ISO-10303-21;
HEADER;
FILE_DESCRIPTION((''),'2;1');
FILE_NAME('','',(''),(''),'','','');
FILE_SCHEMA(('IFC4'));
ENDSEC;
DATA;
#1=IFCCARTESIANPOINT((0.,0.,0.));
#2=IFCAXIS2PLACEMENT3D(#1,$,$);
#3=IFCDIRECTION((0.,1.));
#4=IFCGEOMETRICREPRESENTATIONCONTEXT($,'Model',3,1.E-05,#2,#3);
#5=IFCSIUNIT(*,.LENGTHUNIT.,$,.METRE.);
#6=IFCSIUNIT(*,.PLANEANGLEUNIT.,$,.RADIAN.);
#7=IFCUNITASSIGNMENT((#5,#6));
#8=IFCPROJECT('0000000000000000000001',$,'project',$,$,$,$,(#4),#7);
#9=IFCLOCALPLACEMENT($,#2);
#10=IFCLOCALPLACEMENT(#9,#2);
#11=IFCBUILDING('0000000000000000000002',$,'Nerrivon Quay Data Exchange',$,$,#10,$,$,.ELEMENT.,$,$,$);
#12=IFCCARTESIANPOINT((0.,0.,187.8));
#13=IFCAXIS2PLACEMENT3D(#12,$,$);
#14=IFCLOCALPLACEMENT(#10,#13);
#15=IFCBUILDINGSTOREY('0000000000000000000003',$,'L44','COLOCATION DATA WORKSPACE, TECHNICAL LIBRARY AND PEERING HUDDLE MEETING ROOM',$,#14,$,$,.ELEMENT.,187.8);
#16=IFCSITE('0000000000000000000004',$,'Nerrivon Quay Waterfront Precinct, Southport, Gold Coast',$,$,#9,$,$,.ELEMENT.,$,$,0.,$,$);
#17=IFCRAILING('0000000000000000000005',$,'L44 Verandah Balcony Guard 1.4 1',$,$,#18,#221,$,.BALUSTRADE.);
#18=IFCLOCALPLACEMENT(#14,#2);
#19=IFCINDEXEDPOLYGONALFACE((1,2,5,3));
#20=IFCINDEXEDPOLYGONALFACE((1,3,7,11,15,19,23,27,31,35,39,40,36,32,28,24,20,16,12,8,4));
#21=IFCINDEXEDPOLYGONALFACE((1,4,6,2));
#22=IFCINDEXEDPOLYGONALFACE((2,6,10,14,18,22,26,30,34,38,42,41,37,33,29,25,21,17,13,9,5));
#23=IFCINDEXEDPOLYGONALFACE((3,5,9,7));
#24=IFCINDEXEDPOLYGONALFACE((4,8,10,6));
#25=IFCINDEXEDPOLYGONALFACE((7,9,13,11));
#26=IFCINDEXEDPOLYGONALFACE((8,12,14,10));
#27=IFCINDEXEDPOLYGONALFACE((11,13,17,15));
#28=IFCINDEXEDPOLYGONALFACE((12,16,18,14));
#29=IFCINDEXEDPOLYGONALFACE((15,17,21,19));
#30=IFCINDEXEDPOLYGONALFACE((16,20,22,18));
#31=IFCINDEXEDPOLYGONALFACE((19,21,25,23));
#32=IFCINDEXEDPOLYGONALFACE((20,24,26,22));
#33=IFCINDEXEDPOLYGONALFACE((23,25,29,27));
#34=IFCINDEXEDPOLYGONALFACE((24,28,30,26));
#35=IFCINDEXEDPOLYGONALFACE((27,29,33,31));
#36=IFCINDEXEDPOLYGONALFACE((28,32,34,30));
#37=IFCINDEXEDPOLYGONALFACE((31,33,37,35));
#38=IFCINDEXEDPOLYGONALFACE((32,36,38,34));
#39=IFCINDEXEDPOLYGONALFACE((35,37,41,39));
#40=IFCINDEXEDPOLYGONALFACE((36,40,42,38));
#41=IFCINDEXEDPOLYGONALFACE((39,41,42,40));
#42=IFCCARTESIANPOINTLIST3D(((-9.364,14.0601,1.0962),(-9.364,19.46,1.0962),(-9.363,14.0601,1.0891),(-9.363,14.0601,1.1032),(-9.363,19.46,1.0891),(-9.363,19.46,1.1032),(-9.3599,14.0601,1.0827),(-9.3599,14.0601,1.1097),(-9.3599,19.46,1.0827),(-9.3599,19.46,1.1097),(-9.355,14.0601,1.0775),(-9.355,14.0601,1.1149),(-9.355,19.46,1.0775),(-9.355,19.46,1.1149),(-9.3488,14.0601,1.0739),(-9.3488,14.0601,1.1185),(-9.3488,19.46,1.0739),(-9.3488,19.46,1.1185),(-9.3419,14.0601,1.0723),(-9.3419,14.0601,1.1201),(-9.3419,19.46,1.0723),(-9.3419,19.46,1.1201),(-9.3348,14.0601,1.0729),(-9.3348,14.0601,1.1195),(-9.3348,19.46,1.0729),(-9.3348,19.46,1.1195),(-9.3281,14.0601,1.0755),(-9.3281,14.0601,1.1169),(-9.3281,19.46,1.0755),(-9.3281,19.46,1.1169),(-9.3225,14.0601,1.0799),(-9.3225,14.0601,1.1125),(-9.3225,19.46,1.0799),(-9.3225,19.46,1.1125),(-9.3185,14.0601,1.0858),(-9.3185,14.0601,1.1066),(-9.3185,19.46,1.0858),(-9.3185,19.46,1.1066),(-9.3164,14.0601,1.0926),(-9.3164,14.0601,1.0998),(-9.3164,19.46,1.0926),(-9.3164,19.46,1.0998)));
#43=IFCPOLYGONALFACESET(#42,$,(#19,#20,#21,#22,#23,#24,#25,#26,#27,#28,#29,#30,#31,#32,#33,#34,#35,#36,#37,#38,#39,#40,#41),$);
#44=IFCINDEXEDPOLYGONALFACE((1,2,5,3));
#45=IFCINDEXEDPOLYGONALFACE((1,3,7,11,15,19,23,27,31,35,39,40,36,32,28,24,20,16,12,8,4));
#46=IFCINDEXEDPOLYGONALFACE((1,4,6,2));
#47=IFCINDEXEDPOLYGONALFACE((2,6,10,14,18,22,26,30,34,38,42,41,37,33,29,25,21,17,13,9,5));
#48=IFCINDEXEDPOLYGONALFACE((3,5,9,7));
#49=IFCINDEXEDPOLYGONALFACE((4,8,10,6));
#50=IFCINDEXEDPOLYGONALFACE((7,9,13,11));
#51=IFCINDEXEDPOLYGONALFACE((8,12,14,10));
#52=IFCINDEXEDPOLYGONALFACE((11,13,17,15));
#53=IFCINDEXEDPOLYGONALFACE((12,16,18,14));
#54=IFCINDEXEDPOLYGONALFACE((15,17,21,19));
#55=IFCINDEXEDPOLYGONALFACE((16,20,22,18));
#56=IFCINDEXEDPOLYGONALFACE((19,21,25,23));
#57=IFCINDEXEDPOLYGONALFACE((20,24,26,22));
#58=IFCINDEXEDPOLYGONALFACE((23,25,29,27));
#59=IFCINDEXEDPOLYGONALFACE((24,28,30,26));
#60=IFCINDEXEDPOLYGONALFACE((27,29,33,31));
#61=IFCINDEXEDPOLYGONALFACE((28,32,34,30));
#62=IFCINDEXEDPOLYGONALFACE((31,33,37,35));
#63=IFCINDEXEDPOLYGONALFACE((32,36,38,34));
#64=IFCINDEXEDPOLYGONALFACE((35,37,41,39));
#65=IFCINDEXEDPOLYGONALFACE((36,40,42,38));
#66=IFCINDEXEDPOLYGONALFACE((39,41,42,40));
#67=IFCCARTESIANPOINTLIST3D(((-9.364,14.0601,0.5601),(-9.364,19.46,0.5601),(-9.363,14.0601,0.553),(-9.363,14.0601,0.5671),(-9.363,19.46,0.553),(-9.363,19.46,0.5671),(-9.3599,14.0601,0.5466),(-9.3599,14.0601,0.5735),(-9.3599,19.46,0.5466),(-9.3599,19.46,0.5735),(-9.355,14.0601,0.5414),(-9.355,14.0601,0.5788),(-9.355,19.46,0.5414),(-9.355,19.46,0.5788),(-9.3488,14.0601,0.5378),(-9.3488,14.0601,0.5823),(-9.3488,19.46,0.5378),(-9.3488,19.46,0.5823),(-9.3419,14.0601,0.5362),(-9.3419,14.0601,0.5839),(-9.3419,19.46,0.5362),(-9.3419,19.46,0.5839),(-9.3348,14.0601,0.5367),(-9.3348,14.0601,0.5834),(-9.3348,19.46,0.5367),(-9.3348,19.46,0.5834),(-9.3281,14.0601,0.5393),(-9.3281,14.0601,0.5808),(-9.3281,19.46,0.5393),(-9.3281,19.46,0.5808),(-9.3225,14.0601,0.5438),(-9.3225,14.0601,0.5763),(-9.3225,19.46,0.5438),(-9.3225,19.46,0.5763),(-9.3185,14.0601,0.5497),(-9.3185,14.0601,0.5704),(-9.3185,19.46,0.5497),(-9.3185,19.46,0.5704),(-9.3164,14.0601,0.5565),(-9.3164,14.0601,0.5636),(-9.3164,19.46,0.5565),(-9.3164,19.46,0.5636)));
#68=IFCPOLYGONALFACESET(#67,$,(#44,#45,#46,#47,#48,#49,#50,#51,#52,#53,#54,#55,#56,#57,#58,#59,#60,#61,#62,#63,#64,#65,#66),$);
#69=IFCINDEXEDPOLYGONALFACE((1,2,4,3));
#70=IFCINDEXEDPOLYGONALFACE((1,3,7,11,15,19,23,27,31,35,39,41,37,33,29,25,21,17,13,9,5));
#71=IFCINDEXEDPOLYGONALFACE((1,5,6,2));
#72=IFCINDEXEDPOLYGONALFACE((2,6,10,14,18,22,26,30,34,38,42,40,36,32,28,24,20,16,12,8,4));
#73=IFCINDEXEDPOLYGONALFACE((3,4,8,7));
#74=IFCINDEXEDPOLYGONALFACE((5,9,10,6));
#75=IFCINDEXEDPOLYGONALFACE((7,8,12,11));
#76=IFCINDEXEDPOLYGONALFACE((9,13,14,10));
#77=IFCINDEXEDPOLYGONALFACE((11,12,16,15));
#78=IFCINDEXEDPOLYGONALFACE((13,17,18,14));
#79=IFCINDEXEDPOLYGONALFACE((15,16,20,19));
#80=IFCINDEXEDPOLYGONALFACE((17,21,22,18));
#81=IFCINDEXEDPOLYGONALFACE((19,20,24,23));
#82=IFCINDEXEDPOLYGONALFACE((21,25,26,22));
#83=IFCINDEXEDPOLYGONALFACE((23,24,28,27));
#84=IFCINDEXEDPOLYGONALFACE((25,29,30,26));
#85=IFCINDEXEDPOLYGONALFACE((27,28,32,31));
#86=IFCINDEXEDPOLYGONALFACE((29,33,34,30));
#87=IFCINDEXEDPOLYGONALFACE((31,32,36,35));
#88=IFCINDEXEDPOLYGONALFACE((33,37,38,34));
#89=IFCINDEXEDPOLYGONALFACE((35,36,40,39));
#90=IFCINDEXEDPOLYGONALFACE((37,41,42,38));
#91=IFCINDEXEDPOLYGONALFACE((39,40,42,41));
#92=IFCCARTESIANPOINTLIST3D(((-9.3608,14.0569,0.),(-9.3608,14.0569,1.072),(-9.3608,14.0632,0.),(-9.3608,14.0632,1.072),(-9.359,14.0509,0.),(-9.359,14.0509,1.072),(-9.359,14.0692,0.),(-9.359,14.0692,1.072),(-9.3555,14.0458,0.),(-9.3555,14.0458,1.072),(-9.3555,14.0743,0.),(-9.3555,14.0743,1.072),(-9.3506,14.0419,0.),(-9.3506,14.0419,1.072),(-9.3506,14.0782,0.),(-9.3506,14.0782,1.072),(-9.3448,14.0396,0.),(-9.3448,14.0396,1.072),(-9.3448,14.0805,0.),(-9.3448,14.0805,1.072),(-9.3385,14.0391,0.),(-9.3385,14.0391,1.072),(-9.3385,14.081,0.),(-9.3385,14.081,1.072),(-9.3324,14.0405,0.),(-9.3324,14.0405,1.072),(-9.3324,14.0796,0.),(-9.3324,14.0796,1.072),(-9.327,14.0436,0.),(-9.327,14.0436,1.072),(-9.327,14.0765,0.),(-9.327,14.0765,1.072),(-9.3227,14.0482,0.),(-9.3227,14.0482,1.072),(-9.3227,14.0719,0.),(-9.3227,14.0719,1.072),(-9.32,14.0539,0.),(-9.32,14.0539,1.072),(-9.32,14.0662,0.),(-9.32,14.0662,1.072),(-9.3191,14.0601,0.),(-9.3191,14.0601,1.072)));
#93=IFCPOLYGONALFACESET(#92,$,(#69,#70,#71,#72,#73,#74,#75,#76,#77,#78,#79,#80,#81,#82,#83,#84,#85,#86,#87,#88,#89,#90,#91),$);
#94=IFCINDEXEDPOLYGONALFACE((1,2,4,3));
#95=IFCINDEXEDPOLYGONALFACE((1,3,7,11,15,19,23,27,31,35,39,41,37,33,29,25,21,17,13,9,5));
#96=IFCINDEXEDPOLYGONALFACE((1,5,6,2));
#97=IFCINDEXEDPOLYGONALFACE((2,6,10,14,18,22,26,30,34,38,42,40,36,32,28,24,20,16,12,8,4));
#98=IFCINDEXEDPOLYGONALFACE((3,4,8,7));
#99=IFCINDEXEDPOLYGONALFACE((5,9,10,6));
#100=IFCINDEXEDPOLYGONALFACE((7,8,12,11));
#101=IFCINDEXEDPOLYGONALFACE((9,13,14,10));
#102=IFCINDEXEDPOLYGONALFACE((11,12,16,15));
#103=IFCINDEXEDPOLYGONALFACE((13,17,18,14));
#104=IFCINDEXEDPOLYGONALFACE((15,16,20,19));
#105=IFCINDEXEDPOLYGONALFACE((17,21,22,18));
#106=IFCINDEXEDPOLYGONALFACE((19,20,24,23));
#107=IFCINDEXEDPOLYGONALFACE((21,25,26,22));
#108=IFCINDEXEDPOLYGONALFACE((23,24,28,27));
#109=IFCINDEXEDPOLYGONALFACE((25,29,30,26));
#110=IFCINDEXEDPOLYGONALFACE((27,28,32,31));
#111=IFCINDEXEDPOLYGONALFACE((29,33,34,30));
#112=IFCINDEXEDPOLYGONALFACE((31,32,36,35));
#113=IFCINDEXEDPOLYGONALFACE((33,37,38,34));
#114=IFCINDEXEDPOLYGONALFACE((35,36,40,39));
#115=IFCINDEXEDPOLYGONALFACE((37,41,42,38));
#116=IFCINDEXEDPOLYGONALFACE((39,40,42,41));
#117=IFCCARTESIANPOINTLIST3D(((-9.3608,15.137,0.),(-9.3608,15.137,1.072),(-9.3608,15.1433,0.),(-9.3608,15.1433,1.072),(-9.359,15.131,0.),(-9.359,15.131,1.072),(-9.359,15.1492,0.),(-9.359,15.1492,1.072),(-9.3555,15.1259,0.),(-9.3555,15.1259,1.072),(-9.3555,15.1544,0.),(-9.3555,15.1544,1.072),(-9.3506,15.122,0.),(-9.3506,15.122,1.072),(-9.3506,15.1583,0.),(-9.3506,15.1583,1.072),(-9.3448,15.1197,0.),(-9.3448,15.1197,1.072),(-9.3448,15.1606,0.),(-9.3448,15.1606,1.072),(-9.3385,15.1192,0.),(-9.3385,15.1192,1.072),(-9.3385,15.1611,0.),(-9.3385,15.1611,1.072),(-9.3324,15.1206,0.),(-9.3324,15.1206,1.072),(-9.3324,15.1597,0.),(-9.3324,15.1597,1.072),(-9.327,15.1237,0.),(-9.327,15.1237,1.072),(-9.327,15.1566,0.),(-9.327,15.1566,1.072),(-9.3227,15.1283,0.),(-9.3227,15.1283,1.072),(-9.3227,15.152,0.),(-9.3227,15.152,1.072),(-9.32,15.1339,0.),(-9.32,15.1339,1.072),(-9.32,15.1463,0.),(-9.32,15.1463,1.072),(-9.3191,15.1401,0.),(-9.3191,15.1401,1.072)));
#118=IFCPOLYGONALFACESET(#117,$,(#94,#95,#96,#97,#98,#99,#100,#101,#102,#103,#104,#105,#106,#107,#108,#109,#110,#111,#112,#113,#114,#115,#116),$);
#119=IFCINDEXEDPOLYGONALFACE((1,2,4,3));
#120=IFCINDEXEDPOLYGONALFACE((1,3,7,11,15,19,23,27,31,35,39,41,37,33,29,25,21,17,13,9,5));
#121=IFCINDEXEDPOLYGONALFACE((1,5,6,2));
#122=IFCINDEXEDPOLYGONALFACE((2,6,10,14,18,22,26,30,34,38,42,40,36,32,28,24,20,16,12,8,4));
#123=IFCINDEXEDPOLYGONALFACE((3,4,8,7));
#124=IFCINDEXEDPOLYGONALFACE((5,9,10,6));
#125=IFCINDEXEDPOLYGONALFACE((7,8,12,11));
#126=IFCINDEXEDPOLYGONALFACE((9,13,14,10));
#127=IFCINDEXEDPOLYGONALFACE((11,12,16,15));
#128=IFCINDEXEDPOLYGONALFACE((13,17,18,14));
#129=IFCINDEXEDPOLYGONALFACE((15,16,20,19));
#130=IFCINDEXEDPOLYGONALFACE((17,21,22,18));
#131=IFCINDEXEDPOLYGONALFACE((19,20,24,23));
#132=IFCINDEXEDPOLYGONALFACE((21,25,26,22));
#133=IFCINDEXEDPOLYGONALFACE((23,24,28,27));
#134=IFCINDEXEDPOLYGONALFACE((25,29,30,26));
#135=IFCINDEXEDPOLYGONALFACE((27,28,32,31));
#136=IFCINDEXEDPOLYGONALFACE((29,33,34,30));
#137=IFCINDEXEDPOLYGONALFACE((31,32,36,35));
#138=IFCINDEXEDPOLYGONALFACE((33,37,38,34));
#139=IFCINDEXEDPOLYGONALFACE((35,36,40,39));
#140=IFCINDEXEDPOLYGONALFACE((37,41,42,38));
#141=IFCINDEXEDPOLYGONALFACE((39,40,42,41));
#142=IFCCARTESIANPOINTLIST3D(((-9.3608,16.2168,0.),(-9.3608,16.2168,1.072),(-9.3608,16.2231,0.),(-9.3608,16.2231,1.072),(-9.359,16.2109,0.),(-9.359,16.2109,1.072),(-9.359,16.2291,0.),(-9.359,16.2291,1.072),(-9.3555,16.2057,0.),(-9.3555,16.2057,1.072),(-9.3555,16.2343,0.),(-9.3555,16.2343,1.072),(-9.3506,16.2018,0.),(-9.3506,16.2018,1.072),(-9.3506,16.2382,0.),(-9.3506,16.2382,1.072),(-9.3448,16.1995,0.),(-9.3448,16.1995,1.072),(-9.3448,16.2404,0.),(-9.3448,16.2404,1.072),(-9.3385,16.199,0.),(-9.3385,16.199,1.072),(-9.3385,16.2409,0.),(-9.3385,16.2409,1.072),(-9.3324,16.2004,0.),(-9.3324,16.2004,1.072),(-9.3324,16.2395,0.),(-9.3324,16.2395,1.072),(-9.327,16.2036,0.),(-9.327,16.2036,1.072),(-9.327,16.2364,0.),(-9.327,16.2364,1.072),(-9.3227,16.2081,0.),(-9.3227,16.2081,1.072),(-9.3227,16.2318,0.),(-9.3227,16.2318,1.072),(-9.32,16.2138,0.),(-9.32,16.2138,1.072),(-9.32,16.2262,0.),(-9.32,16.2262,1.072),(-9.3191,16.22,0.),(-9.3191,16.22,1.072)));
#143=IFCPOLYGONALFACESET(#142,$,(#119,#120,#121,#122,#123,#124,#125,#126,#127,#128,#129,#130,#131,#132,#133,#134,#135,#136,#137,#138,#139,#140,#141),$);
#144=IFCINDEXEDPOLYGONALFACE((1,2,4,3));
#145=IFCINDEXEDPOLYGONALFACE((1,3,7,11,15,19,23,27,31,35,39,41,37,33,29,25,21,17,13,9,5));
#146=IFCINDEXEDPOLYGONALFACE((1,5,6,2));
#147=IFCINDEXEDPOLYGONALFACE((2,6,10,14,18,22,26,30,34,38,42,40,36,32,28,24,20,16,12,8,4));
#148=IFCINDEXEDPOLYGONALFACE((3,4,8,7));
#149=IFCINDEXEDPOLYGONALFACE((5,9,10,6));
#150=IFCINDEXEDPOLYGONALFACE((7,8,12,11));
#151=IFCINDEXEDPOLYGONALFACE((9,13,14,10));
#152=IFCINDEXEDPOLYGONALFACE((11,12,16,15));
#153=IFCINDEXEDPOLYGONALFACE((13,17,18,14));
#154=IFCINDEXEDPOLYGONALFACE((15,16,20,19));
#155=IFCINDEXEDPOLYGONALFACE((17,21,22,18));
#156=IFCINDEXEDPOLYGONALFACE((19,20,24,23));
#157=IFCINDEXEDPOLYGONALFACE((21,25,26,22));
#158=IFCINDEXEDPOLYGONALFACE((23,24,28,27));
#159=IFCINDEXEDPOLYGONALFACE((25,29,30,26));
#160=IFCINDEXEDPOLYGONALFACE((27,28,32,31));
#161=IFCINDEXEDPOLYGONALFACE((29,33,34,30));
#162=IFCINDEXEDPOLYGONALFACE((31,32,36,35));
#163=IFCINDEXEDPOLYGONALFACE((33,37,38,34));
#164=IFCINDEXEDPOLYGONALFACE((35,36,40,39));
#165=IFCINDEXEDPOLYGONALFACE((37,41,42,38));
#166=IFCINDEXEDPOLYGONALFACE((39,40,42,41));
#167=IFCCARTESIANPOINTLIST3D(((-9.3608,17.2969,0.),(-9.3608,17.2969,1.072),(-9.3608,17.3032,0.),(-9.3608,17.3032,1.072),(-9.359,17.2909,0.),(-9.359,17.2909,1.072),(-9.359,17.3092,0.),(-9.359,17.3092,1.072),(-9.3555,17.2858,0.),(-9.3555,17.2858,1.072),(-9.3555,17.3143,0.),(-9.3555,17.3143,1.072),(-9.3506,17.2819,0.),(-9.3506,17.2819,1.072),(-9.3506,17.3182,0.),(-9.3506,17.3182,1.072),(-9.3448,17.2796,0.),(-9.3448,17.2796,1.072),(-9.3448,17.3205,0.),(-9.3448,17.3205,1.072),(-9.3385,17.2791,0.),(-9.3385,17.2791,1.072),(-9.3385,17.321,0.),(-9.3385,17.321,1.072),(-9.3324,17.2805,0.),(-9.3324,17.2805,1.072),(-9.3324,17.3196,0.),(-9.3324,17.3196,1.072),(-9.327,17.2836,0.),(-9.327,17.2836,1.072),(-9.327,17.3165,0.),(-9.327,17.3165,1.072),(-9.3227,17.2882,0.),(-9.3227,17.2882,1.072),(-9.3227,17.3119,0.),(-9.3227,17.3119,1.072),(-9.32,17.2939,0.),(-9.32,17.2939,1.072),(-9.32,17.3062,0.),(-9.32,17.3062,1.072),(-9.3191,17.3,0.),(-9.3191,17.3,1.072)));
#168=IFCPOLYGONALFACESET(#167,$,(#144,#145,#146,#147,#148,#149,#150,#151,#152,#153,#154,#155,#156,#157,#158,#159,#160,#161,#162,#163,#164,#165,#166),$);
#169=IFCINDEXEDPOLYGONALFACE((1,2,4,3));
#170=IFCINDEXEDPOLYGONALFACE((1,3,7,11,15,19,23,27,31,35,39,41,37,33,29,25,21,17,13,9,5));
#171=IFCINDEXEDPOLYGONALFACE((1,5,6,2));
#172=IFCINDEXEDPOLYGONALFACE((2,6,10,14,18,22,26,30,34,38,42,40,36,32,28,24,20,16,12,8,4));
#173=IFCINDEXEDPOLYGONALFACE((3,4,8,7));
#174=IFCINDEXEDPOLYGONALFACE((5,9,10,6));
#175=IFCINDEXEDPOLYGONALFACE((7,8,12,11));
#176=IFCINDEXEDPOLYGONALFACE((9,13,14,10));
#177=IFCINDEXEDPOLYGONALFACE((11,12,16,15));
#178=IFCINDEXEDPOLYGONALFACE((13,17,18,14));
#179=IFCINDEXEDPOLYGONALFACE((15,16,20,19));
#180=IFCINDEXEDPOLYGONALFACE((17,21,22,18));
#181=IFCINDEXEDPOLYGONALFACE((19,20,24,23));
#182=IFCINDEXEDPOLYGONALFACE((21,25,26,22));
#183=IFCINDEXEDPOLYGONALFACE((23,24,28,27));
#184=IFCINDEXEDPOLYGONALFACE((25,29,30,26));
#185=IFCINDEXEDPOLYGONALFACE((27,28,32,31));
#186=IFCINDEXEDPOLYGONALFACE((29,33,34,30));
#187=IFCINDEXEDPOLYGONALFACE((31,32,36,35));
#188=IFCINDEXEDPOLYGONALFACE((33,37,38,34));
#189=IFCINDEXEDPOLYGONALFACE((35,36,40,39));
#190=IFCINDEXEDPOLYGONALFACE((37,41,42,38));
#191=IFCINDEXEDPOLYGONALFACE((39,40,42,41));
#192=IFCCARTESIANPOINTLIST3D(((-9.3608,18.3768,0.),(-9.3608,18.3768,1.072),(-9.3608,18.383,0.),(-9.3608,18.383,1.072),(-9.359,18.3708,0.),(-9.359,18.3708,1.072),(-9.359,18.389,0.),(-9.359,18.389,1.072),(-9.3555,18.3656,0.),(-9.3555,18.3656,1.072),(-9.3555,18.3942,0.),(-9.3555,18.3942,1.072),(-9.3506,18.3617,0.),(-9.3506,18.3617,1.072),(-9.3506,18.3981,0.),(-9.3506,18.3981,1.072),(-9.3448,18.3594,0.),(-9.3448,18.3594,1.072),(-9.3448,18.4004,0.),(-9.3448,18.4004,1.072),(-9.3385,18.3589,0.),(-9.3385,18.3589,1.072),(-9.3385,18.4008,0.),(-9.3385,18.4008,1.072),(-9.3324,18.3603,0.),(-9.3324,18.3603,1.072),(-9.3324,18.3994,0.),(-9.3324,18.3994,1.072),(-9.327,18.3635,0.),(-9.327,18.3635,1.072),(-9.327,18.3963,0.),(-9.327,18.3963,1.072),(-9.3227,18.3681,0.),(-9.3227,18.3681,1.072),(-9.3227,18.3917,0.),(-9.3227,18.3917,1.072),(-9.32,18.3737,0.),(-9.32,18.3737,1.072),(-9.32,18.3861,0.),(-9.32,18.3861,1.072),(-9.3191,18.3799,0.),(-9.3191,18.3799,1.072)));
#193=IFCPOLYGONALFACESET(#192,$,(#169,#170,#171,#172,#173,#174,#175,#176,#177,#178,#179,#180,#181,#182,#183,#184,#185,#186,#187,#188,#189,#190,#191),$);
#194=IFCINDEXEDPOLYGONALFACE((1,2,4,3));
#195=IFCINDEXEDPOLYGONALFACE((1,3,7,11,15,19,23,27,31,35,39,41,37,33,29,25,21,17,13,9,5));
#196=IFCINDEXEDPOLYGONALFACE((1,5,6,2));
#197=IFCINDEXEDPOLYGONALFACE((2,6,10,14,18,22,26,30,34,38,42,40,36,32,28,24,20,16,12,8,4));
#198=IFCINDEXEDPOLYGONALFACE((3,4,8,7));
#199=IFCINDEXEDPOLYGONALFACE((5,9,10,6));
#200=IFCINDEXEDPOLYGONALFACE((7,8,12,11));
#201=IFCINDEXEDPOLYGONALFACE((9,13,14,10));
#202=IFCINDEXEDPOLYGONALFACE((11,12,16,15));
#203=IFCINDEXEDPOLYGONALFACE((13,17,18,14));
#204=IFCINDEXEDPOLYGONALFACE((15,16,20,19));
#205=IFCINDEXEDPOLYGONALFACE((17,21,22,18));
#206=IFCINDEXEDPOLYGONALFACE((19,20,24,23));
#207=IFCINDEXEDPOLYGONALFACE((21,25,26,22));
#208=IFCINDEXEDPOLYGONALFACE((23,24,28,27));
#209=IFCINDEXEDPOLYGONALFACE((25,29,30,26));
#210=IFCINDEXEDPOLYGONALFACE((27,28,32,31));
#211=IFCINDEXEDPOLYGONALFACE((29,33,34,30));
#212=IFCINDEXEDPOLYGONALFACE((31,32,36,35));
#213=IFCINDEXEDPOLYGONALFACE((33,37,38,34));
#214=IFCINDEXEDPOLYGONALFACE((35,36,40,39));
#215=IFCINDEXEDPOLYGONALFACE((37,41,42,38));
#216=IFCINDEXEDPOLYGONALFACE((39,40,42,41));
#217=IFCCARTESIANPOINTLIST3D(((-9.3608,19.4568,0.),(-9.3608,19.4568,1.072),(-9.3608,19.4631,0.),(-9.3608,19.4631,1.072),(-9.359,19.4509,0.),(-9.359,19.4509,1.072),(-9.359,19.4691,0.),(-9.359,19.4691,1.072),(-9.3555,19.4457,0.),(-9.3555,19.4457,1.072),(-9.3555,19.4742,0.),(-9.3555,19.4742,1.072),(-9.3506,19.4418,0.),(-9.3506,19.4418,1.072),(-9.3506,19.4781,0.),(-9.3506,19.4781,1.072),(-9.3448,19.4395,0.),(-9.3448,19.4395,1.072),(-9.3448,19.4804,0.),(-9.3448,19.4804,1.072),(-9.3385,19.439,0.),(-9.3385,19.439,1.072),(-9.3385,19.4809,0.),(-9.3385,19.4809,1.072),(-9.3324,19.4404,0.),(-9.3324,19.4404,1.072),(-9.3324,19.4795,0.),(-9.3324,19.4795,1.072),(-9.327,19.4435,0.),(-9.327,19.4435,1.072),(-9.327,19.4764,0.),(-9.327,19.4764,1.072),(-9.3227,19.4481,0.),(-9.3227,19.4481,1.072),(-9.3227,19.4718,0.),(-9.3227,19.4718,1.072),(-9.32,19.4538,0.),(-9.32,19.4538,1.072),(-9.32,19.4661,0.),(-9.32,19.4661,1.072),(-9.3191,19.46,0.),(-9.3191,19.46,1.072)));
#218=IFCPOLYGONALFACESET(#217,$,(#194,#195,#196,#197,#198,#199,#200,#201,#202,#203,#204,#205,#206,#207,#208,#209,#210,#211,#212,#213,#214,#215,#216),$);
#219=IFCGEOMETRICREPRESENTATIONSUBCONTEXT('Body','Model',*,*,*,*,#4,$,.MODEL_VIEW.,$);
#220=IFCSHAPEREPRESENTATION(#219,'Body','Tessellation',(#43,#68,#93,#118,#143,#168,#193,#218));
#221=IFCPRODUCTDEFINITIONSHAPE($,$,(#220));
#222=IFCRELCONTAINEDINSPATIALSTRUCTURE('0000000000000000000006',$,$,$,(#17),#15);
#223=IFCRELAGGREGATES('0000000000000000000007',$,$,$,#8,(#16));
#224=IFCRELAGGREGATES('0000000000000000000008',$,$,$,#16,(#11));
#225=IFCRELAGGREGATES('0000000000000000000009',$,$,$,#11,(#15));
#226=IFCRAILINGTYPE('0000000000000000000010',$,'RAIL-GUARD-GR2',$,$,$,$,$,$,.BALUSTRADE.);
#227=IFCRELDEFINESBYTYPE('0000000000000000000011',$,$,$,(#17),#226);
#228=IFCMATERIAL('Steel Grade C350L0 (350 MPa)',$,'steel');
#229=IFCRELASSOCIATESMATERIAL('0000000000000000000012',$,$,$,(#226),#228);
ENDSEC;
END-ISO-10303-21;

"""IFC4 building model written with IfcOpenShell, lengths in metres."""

from ifc_helpers import new_model, si_unit, direction, frame, origin, origin_2d, place, context, subcontext, project, spatial, circle, extrude, material, type_object, element, save


model = new_model("IFC4")

# Units and contexts
model_context = context("Model", 3, precision=1e-05, world=origin(), true_north=direction((0.0, 1.0)))
body_context = subcontext(model_context, "Body", "Model", "MODEL_VIEW")
ifc_project = project(units=[si_unit("LENGTHUNIT", "METRE"), si_unit("PLANEANGLEUNIT", "RADIAN")], contexts=[model_context])

# Site, building, storey
site_placement = place(None, origin())
site = spatial("IfcSite", under=ifc_project, at=site_placement, Name="Nerrivon Quay Waterfront Precinct, Southport, Gold Coast", CompositionType="ELEMENT", RefElevation=0.0)
building_placement = place(site_placement, origin())
building = spatial("IfcBuilding", under=site, at=building_placement, Name="Nerrivon Quay Data Exchange", CompositionType="ELEMENT")
storey_placement = place(building_placement, frame((0.0, 0.0, 187.8)))
storey = spatial("IfcBuildingStorey", under=building, at=storey_placement, Name="L44", Description="COLOCATION DATA WORKSPACE, TECHNICAL LIBRARY AND PEERING HUDDLE MEETING ROOM", CompositionType="ELEMENT", Elevation=187.8)

# Railing
ifc_material_1 = material(Name="Steel Grade C350L0 (350 MPa)", Category="steel")
railing_type = type_object("IfcRailingType", Name="RAIL-GUARD-GR2", PredefinedType="BALUSTRADE", material=ifc_material_1)
railing_1_placement = place(storey_placement, frame((-9.3401, 14.0601, 0.0)))
element("IfcRailing", 1, at=railing_1_placement, inside=storey, type_object=railing_type, Name="L44 Verandah Balcony Guard 1.4 1", PredefinedType="BALUSTRADE", context=body_context, shape_type="SweptSolid", body=[
    extrude(circle(Radius=0.0239, at=origin_2d()), frame((0.0, 0.0, 1.0962), z_axis=(0.0, 1.0, 0.0), x_axis=(-1.0, 0.0, 0.0)), (0.0, 0.0, 1.0), 5.3999),
    extrude(circle(Radius=0.0239, at=origin_2d()), frame((0.0, 0.0, 0.5601), z_axis=(0.0, 1.0, 0.0), x_axis=(-1.0, 0.0, 0.0)), (0.0, 0.0, 1.0), 5.3999),
    extrude(circle(Radius=0.021, at=origin_2d()), origin(), (0.0, 0.0, 1.0), 1.072),
    extrude(circle(Radius=0.021, at=origin_2d()), frame((0.0, 1.0801, 0.0)), (0.0, 0.0, 1.0), 1.072),
    extrude(circle(Radius=0.021, at=origin_2d()), frame((0.0, 2.1599, 0.0)), (0.0, 0.0, 1.0), 1.072),
    extrude(circle(Radius=0.021, at=origin_2d()), frame((0.0, 3.24, 0.0)), (0.0, 0.0, 1.0), 1.072),
    extrude(circle(Radius=0.021, at=origin_2d()), frame((0.0, 4.3198, 0.0)), (0.0, 0.0, 1.0), 1.072),
    extrude(circle(Radius=0.021, at=origin_2d()), frame((0.0, 5.3999, 0.0)), (0.0, 0.0, 1.0), 1.072),
])

save(model, "model.ifc")
